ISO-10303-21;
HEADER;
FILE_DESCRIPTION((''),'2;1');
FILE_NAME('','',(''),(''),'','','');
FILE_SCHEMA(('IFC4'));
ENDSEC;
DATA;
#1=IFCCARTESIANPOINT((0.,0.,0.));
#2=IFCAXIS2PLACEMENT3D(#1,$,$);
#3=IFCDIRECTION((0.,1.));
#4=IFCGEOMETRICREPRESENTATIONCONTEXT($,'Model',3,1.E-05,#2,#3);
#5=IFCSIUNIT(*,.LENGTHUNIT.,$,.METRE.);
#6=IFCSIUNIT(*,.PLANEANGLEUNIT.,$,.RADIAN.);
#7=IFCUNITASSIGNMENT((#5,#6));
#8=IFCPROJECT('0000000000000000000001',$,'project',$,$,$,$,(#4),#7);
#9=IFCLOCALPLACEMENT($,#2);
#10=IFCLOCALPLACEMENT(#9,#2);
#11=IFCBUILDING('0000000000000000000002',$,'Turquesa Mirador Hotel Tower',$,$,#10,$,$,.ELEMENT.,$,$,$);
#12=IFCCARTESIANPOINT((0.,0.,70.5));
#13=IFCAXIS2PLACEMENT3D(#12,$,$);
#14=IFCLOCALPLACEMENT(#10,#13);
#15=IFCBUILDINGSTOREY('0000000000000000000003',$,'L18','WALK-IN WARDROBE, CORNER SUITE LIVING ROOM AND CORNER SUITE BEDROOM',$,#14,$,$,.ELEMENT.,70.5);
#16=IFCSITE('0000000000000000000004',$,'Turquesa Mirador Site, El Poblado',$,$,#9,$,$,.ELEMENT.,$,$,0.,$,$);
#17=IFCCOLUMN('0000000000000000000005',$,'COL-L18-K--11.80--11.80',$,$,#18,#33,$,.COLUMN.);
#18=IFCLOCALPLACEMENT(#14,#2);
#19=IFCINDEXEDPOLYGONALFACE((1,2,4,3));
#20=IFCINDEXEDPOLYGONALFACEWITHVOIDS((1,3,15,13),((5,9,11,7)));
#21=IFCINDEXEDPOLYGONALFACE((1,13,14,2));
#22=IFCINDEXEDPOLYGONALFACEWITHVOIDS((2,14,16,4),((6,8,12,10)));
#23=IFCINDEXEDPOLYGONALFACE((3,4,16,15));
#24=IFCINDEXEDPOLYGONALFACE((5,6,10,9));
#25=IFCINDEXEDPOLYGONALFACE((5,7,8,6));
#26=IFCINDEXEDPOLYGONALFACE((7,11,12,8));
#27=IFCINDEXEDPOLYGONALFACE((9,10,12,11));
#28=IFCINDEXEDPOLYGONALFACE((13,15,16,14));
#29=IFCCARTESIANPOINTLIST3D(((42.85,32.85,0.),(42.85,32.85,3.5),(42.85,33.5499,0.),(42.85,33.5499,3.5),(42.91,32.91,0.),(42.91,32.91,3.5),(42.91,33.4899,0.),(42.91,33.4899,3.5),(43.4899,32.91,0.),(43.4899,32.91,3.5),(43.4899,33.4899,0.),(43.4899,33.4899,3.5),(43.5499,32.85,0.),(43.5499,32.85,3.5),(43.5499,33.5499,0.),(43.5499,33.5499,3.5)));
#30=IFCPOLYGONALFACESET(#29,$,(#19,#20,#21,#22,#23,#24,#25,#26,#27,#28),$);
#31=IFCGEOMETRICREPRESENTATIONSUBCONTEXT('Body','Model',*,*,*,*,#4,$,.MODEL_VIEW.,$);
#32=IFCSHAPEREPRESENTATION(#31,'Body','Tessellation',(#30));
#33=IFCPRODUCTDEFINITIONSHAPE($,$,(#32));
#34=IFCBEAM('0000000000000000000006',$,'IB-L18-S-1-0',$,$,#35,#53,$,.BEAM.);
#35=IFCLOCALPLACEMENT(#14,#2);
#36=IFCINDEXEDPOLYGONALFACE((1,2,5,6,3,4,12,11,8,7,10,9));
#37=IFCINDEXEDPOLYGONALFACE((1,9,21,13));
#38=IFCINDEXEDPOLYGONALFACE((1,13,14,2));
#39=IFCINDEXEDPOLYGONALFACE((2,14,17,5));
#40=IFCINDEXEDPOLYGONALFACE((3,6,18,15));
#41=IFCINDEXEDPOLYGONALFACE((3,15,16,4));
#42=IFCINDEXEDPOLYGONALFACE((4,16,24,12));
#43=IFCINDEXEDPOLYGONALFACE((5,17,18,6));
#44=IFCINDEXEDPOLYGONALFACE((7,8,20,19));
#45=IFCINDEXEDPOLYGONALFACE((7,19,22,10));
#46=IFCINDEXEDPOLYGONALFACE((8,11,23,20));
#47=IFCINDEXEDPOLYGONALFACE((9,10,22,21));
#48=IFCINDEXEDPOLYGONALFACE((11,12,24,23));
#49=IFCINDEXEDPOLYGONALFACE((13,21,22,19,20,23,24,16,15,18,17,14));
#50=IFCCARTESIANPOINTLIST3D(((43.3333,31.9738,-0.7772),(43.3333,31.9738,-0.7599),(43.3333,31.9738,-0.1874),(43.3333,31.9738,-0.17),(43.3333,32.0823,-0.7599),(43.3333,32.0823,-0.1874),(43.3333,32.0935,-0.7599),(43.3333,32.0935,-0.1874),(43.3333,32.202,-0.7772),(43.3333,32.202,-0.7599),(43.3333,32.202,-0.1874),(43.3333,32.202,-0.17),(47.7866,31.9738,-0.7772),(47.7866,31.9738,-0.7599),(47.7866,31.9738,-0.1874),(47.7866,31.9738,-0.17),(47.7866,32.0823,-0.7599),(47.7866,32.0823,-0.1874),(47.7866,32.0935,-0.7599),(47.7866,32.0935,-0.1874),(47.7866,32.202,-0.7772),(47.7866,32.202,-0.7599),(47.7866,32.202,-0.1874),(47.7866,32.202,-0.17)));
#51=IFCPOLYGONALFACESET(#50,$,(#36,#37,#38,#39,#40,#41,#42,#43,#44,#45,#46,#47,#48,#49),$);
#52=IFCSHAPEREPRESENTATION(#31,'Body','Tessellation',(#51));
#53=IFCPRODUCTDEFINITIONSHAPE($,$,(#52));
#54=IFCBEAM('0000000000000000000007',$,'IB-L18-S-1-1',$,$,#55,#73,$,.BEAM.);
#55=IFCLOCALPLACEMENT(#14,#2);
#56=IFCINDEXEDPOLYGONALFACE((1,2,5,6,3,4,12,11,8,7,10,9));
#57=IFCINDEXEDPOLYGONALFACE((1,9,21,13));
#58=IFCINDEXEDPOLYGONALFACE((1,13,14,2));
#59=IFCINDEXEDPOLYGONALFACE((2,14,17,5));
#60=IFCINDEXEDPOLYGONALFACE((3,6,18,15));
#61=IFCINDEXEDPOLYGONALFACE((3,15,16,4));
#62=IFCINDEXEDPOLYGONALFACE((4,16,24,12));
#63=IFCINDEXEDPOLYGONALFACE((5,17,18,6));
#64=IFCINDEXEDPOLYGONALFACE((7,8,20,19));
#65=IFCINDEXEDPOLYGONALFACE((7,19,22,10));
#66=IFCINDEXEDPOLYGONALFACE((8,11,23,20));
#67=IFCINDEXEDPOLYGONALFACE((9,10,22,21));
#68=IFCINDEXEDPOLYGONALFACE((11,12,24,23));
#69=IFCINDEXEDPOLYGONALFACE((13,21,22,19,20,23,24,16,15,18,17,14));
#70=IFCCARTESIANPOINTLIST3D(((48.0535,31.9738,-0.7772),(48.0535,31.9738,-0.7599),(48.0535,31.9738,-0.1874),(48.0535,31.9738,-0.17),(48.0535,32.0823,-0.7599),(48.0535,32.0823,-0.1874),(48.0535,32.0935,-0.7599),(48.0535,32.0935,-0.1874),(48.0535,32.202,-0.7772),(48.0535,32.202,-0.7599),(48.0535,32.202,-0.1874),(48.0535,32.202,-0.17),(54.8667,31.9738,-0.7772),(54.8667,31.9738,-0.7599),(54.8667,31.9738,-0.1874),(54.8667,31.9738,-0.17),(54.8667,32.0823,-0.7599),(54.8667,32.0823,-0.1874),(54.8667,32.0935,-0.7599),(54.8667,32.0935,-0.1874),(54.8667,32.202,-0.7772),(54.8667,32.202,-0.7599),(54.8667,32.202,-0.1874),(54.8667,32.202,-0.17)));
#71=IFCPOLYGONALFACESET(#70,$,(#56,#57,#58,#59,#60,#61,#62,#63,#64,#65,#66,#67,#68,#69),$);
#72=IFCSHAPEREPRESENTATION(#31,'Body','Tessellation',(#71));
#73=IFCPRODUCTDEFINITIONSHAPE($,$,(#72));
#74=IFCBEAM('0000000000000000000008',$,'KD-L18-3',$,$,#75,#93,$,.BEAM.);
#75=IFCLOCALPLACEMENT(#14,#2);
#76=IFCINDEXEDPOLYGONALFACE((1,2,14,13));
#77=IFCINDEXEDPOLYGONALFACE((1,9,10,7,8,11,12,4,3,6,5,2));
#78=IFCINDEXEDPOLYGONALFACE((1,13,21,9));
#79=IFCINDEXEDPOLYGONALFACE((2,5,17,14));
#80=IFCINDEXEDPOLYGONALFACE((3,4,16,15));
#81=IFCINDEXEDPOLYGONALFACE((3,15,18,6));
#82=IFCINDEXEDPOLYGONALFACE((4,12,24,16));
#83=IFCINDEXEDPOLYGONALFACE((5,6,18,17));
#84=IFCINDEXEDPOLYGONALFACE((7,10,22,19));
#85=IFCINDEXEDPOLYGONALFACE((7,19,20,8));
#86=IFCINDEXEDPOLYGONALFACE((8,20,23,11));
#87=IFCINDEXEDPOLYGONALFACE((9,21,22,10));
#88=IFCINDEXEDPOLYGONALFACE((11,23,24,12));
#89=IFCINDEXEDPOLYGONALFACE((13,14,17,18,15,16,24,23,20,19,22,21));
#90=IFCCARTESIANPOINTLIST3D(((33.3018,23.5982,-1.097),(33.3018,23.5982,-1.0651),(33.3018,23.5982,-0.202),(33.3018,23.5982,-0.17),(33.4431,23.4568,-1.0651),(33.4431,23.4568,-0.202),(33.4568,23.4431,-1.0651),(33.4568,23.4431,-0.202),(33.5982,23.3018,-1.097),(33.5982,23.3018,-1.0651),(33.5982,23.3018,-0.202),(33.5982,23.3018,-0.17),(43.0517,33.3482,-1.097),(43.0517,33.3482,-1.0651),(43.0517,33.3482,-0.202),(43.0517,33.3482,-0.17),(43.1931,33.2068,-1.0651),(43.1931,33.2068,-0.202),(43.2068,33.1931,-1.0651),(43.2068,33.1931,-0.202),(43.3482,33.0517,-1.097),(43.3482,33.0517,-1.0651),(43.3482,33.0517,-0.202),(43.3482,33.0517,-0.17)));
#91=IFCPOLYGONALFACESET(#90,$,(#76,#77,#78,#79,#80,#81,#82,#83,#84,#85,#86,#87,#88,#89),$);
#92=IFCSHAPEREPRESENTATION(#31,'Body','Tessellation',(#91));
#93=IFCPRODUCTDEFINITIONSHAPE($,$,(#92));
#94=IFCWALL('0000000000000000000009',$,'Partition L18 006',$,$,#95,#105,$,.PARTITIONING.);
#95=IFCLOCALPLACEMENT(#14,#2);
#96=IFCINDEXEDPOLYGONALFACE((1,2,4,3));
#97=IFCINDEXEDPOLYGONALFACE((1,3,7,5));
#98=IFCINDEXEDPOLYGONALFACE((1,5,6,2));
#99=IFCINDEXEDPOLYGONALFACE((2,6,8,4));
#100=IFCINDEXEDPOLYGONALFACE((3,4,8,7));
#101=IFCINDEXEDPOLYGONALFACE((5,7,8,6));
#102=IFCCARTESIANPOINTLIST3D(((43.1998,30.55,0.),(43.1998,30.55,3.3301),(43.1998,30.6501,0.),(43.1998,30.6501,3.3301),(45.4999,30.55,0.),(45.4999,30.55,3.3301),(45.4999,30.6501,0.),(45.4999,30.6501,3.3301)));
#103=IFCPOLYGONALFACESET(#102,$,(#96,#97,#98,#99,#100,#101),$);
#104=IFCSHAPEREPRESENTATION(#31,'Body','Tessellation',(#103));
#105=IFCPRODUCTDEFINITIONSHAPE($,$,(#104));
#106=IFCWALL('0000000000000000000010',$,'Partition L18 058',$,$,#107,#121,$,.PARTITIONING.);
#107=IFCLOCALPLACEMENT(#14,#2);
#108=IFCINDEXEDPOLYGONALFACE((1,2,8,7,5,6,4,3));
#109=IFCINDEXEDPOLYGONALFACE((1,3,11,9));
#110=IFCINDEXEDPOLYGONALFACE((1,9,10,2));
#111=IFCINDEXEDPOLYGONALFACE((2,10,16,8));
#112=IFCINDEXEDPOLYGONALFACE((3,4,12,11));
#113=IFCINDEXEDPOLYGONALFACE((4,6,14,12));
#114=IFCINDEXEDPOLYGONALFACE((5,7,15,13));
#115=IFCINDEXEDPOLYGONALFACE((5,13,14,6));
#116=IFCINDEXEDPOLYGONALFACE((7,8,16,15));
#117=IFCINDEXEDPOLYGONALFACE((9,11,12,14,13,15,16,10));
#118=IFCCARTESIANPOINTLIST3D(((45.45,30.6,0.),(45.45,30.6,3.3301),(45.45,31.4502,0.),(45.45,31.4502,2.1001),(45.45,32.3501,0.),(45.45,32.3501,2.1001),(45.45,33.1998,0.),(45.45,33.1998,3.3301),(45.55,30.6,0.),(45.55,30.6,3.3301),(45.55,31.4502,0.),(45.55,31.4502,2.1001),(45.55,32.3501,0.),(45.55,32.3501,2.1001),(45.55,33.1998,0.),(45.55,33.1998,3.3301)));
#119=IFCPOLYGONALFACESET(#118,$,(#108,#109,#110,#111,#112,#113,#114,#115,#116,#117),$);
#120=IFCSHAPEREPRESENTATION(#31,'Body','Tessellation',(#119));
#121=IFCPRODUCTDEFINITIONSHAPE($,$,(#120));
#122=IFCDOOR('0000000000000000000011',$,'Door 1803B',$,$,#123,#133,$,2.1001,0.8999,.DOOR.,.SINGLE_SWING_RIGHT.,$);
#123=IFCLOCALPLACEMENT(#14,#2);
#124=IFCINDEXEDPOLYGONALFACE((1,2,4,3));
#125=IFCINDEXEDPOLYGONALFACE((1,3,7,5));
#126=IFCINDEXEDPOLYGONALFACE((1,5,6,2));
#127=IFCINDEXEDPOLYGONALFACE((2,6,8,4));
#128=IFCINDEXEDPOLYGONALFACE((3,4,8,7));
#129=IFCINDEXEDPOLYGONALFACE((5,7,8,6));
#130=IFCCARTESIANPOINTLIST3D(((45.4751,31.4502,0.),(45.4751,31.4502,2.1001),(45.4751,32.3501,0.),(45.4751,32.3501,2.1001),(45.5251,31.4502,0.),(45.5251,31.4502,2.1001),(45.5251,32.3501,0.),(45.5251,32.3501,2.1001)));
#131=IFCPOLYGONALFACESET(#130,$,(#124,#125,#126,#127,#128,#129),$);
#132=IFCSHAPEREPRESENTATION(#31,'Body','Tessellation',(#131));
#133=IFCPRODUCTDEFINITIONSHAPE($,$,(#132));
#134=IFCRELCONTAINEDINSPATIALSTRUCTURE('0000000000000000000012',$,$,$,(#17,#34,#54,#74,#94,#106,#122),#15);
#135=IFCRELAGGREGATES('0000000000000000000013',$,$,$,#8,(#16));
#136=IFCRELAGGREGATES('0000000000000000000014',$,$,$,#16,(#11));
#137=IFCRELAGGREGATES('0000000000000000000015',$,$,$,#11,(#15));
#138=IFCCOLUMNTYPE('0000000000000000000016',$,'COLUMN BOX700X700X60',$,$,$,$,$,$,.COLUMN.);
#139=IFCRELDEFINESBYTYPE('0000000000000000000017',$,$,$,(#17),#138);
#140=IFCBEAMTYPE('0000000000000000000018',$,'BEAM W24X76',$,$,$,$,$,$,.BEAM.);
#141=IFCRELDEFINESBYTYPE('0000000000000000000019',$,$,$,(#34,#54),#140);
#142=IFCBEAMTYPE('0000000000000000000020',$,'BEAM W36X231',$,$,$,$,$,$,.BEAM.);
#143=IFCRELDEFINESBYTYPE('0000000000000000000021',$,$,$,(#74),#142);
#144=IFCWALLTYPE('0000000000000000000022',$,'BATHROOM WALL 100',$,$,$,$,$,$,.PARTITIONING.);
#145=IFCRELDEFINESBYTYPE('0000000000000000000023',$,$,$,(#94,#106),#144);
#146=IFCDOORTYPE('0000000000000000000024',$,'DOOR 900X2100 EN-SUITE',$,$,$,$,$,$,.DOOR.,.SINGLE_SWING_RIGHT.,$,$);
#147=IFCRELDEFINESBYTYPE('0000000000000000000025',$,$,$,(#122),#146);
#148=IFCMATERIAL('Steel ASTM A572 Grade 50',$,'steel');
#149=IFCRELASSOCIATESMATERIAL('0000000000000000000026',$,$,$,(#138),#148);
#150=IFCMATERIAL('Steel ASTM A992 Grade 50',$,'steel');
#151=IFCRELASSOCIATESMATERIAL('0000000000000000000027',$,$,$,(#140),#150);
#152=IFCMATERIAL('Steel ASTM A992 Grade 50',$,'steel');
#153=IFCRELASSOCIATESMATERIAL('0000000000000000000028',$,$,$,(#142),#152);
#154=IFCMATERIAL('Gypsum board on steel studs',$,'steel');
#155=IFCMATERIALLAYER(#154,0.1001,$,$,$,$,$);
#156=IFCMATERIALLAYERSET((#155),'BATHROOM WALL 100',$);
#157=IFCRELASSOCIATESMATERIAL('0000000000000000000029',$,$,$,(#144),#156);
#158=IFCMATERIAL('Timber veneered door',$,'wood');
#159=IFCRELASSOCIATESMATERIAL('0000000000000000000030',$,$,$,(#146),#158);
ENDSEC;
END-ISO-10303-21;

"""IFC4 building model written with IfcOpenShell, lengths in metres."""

from ifc_helpers import new_model, si_unit, direction, frame, frame_2d, origin, origin_2d, place, context, subcontext, project, spatial, rectangle, hollow_rectangle, i_section, extrude, material, layer, layer_set, material_profile, profile_set, type_object, element, fill, save


model = new_model("IFC4")

# Units and contexts
model_context = context("Model", 3, precision=1e-05, world=origin(), true_north=direction((0.0, 1.0)))
body_context = subcontext(model_context, "Body", "Model", "MODEL_VIEW")
ifc_project = project(units=[si_unit("LENGTHUNIT", "METRE"), si_unit("PLANEANGLEUNIT", "RADIAN")], contexts=[model_context])

# Site, building, storey
site_placement = place(None, origin())
site = spatial("IfcSite", under=ifc_project, at=site_placement, Name="Turquesa Mirador Site, El Poblado", CompositionType="ELEMENT", RefElevation=0.0)
building_placement = place(site_placement, origin())
building = spatial("IfcBuilding", under=site, at=building_placement, Name="Turquesa Mirador Hotel Tower", CompositionType="ELEMENT")
storey_placement = place(building_placement, frame((0.0, 0.0, 70.5)))
storey = spatial("IfcBuildingStorey", under=building, at=storey_placement, Name="L18", Description="WALK-IN WARDROBE, CORNER SUITE LIVING ROOM AND CORNER SUITE BEDROOM", CompositionType="ELEMENT", Elevation=70.5)

# Column
ifc_material_1 = material(Name="Steel ASTM A572 Grade 50", Category="steel")
ifc_material_profile_1 = material_profile(ifc_material_1, hollow_rectangle(XDim=0.7, YDim=0.7, WallThickness=0.0601, at=origin_2d()), Name="BOX700X700X60")
ifc_profile_set_1 = profile_set([ifc_material_profile_1], Name="Steel ASTM A572 Grade 50")
column_type = type_object("IfcColumnType", Name="COLUMN BOX700X700X60", PredefinedType="COLUMN", material=ifc_profile_set_1)
column_placement = place(storey_placement, frame((43.2, 33.2, 0.0), z_axis=(0.0, 0.0, 1.0), x_axis=(1.0, 0.0, 0.0)))
element("IfcColumn", 1, at=column_placement, inside=storey, type_object=column_type, Name="COL-L18-K--11.80--11.80", PredefinedType="COLUMN", context=body_context, shape_type="SweptSolid", body=[
    extrude(hollow_rectangle(XDim=0.7, YDim=0.7, WallThickness=0.0601, at=origin_2d()), origin(), (0.0, 0.0, 1.0), 3.5),
])

# Beams
ifc_material_2 = material(Name="Steel ASTM A992 Grade 50", Category="steel")
ifc_material_profile_2 = material_profile(ifc_material_2, i_section(OverallWidth=0.2283, OverallDepth=0.6072, WebThickness=0.0112, FlangeThickness=0.0173, at=origin_2d()), Name="W24X76")
ifc_profile_set_2 = profile_set([ifc_material_profile_2], Name="Steel ASTM A992 Grade 50")
beam_type_1 = type_object("IfcBeamType", Name="BEAM W24X76", PredefinedType="BEAM", material=ifc_profile_set_2)
beam_1_placement = place(storey_placement, frame((43.3333, 32.0879, -0.4736), z_axis=(1.0, 0.0, 0.0), x_axis=(0.0, 1.0, 0.0)))
element("IfcBeam", 2, at=beam_1_placement, inside=storey, type_object=beam_type_1, Name="IB-L18-S-1-0", PredefinedType="BEAM", context=body_context, shape_type="SweptSolid", body=[
    extrude(i_section(OverallWidth=0.2283, OverallDepth=0.6072, WebThickness=0.0112, FlangeThickness=0.0173, at=origin_2d()), origin(), (0.0, 0.0, 1.0), 4.4534),
])
beam_2_placement = place(storey_placement, frame((48.0535, 32.0879, -0.4736), z_axis=(1.0, 0.0, 0.0), x_axis=(0.0, 1.0, 0.0)))
element("IfcBeam", 3, at=beam_2_placement, inside=storey, type_object=beam_type_1, Name="IB-L18-S-1-1", PredefinedType="BEAM", context=body_context, shape_type="SweptSolid", body=[
    extrude(i_section(OverallWidth=0.2283, OverallDepth=0.6072, WebThickness=0.0112, FlangeThickness=0.0173, at=origin_2d()), origin(), (0.0, 0.0, 1.0), 6.8132),
])
ifc_material_3 = material(Name="Steel ASTM A992 Grade 50", Category="steel")
ifc_material_profile_3 = material_profile(ifc_material_3, i_section(OverallWidth=0.4192, OverallDepth=0.927, WebThickness=0.0193, FlangeThickness=0.032, at=origin_2d()), Name="W36X231")
ifc_profile_set_3 = profile_set([ifc_material_profile_3], Name="Steel ASTM A992 Grade 50")
beam_type_2 = type_object("IfcBeamType", Name="BEAM W36X231", PredefinedType="BEAM", material=ifc_profile_set_3)
beam_3_placement = place(storey_placement, frame((43.2, 33.2, -0.6335), z_axis=(-0.707107, -0.707107, 0.0), x_axis=(0.707107, -0.707107, 0.0)))
element("IfcBeam", 4, at=beam_3_placement, inside=storey, type_object=beam_type_2, Name="KD-L18-3", PredefinedType="BEAM", context=body_context, shape_type="SweptSolid", body=[
    extrude(i_section(OverallWidth=0.4192, OverallDepth=0.927, WebThickness=0.0193, FlangeThickness=0.032, at=origin_2d()), origin(), (0.0, 0.0, 1.0), 13.7886),
])

# Wall
ifc_material_4 = material(Name="Gypsum board on steel studs", Category="steel")
ifc_layer_1 = layer(ifc_material_4, 0.1001)
ifc_layer_set_1 = layer_set([ifc_layer_1], Name="BATHROOM WALL 100")
wall_type_1 = type_object("IfcWallType", Name="BATHROOM WALL 100", PredefinedType="PARTITIONING", material=ifc_layer_set_1)
wall_1_placement = place(storey_placement, frame((43.2, 30.6001, 0.0), z_axis=(0.0, 0.0, 1.0), x_axis=(1.0, 0.0, 0.0)))
element("IfcWall", 5, at=wall_1_placement, inside=storey, type_object=wall_type_1, Name="Partition L18 006", PredefinedType="PARTITIONING", context=body_context, shape_type="SweptSolid", body=[
    extrude(rectangle(XDim=2.3, YDim=0.1001, at=frame_2d((1.1499, 0.0))), origin(), (0.0, 0.0, 1.0), 3.3301),
])

# Wall, opening, door
wall_2_placement = place(storey_placement, frame((45.5, 30.6001, 0.0), z_axis=(0.0, 0.0, 1.0), x_axis=(0.0, 1.0, 0.0)))
wall_2 = element("IfcWall", 6, at=wall_2_placement, inside=storey, type_object=wall_type_1, Name="Partition L18 058", PredefinedType="PARTITIONING", context=body_context, shape_type="SweptSolid", body=[
    extrude(rectangle(XDim=2.5999, YDim=0.1001, at=frame_2d((1.2998, 0.0))), origin(), (0.0, 0.0, 1.0), 3.3301),
])
opening_1_placement = place(wall_2_placement, frame((0.8501, 0.0, 0.0)))
opening_1 = element("IfcOpeningElement", 7, at=opening_1_placement, cuts=wall_2, PredefinedType="OPENING", context=body_context, shape_type="SweptSolid", body=[
    extrude(rectangle(XDim=0.8999, YDim=2.1001, at=frame_2d((0.45, 1.05))), frame((0.0, 0.0601, 0.0), z_axis=(0.0, -1.0, 0.0), x_axis=(1.0, 0.0, 0.0)), (0.0, 0.0, 1.0), 0.1201),
])
ifc_material_5 = material(Name="Timber veneered door", Category="wood")
door_type_1 = type_object("IfcDoorType", Name="DOOR 900X2100 EN-SUITE", OperationType="SINGLE_SWING_RIGHT", PredefinedType="DOOR", material=ifc_material_5)
door_1_placement = place(opening_1_placement, origin())
door_1 = element("IfcDoor", 8, at=door_1_placement, inside=storey, type_object=door_type_1, Name="Door 1803B", OperationType="SINGLE_SWING_RIGHT", OverallHeight=2.1001, OverallWidth=0.8999, PredefinedType="DOOR", context=body_context, shape_type="SweptSolid", body=[
    extrude(rectangle(XDim=0.8999, YDim=2.1001, at=frame_2d((0.45, 1.05))), frame((0.0, 0.0249, 0.0), z_axis=(0.0, -1.0, 0.0), x_axis=(1.0, 0.0, 0.0)), (0.0, 0.0, 1.0), 0.05),
])
fill(opening_1, door_1)

save(model, "model.ifc")
